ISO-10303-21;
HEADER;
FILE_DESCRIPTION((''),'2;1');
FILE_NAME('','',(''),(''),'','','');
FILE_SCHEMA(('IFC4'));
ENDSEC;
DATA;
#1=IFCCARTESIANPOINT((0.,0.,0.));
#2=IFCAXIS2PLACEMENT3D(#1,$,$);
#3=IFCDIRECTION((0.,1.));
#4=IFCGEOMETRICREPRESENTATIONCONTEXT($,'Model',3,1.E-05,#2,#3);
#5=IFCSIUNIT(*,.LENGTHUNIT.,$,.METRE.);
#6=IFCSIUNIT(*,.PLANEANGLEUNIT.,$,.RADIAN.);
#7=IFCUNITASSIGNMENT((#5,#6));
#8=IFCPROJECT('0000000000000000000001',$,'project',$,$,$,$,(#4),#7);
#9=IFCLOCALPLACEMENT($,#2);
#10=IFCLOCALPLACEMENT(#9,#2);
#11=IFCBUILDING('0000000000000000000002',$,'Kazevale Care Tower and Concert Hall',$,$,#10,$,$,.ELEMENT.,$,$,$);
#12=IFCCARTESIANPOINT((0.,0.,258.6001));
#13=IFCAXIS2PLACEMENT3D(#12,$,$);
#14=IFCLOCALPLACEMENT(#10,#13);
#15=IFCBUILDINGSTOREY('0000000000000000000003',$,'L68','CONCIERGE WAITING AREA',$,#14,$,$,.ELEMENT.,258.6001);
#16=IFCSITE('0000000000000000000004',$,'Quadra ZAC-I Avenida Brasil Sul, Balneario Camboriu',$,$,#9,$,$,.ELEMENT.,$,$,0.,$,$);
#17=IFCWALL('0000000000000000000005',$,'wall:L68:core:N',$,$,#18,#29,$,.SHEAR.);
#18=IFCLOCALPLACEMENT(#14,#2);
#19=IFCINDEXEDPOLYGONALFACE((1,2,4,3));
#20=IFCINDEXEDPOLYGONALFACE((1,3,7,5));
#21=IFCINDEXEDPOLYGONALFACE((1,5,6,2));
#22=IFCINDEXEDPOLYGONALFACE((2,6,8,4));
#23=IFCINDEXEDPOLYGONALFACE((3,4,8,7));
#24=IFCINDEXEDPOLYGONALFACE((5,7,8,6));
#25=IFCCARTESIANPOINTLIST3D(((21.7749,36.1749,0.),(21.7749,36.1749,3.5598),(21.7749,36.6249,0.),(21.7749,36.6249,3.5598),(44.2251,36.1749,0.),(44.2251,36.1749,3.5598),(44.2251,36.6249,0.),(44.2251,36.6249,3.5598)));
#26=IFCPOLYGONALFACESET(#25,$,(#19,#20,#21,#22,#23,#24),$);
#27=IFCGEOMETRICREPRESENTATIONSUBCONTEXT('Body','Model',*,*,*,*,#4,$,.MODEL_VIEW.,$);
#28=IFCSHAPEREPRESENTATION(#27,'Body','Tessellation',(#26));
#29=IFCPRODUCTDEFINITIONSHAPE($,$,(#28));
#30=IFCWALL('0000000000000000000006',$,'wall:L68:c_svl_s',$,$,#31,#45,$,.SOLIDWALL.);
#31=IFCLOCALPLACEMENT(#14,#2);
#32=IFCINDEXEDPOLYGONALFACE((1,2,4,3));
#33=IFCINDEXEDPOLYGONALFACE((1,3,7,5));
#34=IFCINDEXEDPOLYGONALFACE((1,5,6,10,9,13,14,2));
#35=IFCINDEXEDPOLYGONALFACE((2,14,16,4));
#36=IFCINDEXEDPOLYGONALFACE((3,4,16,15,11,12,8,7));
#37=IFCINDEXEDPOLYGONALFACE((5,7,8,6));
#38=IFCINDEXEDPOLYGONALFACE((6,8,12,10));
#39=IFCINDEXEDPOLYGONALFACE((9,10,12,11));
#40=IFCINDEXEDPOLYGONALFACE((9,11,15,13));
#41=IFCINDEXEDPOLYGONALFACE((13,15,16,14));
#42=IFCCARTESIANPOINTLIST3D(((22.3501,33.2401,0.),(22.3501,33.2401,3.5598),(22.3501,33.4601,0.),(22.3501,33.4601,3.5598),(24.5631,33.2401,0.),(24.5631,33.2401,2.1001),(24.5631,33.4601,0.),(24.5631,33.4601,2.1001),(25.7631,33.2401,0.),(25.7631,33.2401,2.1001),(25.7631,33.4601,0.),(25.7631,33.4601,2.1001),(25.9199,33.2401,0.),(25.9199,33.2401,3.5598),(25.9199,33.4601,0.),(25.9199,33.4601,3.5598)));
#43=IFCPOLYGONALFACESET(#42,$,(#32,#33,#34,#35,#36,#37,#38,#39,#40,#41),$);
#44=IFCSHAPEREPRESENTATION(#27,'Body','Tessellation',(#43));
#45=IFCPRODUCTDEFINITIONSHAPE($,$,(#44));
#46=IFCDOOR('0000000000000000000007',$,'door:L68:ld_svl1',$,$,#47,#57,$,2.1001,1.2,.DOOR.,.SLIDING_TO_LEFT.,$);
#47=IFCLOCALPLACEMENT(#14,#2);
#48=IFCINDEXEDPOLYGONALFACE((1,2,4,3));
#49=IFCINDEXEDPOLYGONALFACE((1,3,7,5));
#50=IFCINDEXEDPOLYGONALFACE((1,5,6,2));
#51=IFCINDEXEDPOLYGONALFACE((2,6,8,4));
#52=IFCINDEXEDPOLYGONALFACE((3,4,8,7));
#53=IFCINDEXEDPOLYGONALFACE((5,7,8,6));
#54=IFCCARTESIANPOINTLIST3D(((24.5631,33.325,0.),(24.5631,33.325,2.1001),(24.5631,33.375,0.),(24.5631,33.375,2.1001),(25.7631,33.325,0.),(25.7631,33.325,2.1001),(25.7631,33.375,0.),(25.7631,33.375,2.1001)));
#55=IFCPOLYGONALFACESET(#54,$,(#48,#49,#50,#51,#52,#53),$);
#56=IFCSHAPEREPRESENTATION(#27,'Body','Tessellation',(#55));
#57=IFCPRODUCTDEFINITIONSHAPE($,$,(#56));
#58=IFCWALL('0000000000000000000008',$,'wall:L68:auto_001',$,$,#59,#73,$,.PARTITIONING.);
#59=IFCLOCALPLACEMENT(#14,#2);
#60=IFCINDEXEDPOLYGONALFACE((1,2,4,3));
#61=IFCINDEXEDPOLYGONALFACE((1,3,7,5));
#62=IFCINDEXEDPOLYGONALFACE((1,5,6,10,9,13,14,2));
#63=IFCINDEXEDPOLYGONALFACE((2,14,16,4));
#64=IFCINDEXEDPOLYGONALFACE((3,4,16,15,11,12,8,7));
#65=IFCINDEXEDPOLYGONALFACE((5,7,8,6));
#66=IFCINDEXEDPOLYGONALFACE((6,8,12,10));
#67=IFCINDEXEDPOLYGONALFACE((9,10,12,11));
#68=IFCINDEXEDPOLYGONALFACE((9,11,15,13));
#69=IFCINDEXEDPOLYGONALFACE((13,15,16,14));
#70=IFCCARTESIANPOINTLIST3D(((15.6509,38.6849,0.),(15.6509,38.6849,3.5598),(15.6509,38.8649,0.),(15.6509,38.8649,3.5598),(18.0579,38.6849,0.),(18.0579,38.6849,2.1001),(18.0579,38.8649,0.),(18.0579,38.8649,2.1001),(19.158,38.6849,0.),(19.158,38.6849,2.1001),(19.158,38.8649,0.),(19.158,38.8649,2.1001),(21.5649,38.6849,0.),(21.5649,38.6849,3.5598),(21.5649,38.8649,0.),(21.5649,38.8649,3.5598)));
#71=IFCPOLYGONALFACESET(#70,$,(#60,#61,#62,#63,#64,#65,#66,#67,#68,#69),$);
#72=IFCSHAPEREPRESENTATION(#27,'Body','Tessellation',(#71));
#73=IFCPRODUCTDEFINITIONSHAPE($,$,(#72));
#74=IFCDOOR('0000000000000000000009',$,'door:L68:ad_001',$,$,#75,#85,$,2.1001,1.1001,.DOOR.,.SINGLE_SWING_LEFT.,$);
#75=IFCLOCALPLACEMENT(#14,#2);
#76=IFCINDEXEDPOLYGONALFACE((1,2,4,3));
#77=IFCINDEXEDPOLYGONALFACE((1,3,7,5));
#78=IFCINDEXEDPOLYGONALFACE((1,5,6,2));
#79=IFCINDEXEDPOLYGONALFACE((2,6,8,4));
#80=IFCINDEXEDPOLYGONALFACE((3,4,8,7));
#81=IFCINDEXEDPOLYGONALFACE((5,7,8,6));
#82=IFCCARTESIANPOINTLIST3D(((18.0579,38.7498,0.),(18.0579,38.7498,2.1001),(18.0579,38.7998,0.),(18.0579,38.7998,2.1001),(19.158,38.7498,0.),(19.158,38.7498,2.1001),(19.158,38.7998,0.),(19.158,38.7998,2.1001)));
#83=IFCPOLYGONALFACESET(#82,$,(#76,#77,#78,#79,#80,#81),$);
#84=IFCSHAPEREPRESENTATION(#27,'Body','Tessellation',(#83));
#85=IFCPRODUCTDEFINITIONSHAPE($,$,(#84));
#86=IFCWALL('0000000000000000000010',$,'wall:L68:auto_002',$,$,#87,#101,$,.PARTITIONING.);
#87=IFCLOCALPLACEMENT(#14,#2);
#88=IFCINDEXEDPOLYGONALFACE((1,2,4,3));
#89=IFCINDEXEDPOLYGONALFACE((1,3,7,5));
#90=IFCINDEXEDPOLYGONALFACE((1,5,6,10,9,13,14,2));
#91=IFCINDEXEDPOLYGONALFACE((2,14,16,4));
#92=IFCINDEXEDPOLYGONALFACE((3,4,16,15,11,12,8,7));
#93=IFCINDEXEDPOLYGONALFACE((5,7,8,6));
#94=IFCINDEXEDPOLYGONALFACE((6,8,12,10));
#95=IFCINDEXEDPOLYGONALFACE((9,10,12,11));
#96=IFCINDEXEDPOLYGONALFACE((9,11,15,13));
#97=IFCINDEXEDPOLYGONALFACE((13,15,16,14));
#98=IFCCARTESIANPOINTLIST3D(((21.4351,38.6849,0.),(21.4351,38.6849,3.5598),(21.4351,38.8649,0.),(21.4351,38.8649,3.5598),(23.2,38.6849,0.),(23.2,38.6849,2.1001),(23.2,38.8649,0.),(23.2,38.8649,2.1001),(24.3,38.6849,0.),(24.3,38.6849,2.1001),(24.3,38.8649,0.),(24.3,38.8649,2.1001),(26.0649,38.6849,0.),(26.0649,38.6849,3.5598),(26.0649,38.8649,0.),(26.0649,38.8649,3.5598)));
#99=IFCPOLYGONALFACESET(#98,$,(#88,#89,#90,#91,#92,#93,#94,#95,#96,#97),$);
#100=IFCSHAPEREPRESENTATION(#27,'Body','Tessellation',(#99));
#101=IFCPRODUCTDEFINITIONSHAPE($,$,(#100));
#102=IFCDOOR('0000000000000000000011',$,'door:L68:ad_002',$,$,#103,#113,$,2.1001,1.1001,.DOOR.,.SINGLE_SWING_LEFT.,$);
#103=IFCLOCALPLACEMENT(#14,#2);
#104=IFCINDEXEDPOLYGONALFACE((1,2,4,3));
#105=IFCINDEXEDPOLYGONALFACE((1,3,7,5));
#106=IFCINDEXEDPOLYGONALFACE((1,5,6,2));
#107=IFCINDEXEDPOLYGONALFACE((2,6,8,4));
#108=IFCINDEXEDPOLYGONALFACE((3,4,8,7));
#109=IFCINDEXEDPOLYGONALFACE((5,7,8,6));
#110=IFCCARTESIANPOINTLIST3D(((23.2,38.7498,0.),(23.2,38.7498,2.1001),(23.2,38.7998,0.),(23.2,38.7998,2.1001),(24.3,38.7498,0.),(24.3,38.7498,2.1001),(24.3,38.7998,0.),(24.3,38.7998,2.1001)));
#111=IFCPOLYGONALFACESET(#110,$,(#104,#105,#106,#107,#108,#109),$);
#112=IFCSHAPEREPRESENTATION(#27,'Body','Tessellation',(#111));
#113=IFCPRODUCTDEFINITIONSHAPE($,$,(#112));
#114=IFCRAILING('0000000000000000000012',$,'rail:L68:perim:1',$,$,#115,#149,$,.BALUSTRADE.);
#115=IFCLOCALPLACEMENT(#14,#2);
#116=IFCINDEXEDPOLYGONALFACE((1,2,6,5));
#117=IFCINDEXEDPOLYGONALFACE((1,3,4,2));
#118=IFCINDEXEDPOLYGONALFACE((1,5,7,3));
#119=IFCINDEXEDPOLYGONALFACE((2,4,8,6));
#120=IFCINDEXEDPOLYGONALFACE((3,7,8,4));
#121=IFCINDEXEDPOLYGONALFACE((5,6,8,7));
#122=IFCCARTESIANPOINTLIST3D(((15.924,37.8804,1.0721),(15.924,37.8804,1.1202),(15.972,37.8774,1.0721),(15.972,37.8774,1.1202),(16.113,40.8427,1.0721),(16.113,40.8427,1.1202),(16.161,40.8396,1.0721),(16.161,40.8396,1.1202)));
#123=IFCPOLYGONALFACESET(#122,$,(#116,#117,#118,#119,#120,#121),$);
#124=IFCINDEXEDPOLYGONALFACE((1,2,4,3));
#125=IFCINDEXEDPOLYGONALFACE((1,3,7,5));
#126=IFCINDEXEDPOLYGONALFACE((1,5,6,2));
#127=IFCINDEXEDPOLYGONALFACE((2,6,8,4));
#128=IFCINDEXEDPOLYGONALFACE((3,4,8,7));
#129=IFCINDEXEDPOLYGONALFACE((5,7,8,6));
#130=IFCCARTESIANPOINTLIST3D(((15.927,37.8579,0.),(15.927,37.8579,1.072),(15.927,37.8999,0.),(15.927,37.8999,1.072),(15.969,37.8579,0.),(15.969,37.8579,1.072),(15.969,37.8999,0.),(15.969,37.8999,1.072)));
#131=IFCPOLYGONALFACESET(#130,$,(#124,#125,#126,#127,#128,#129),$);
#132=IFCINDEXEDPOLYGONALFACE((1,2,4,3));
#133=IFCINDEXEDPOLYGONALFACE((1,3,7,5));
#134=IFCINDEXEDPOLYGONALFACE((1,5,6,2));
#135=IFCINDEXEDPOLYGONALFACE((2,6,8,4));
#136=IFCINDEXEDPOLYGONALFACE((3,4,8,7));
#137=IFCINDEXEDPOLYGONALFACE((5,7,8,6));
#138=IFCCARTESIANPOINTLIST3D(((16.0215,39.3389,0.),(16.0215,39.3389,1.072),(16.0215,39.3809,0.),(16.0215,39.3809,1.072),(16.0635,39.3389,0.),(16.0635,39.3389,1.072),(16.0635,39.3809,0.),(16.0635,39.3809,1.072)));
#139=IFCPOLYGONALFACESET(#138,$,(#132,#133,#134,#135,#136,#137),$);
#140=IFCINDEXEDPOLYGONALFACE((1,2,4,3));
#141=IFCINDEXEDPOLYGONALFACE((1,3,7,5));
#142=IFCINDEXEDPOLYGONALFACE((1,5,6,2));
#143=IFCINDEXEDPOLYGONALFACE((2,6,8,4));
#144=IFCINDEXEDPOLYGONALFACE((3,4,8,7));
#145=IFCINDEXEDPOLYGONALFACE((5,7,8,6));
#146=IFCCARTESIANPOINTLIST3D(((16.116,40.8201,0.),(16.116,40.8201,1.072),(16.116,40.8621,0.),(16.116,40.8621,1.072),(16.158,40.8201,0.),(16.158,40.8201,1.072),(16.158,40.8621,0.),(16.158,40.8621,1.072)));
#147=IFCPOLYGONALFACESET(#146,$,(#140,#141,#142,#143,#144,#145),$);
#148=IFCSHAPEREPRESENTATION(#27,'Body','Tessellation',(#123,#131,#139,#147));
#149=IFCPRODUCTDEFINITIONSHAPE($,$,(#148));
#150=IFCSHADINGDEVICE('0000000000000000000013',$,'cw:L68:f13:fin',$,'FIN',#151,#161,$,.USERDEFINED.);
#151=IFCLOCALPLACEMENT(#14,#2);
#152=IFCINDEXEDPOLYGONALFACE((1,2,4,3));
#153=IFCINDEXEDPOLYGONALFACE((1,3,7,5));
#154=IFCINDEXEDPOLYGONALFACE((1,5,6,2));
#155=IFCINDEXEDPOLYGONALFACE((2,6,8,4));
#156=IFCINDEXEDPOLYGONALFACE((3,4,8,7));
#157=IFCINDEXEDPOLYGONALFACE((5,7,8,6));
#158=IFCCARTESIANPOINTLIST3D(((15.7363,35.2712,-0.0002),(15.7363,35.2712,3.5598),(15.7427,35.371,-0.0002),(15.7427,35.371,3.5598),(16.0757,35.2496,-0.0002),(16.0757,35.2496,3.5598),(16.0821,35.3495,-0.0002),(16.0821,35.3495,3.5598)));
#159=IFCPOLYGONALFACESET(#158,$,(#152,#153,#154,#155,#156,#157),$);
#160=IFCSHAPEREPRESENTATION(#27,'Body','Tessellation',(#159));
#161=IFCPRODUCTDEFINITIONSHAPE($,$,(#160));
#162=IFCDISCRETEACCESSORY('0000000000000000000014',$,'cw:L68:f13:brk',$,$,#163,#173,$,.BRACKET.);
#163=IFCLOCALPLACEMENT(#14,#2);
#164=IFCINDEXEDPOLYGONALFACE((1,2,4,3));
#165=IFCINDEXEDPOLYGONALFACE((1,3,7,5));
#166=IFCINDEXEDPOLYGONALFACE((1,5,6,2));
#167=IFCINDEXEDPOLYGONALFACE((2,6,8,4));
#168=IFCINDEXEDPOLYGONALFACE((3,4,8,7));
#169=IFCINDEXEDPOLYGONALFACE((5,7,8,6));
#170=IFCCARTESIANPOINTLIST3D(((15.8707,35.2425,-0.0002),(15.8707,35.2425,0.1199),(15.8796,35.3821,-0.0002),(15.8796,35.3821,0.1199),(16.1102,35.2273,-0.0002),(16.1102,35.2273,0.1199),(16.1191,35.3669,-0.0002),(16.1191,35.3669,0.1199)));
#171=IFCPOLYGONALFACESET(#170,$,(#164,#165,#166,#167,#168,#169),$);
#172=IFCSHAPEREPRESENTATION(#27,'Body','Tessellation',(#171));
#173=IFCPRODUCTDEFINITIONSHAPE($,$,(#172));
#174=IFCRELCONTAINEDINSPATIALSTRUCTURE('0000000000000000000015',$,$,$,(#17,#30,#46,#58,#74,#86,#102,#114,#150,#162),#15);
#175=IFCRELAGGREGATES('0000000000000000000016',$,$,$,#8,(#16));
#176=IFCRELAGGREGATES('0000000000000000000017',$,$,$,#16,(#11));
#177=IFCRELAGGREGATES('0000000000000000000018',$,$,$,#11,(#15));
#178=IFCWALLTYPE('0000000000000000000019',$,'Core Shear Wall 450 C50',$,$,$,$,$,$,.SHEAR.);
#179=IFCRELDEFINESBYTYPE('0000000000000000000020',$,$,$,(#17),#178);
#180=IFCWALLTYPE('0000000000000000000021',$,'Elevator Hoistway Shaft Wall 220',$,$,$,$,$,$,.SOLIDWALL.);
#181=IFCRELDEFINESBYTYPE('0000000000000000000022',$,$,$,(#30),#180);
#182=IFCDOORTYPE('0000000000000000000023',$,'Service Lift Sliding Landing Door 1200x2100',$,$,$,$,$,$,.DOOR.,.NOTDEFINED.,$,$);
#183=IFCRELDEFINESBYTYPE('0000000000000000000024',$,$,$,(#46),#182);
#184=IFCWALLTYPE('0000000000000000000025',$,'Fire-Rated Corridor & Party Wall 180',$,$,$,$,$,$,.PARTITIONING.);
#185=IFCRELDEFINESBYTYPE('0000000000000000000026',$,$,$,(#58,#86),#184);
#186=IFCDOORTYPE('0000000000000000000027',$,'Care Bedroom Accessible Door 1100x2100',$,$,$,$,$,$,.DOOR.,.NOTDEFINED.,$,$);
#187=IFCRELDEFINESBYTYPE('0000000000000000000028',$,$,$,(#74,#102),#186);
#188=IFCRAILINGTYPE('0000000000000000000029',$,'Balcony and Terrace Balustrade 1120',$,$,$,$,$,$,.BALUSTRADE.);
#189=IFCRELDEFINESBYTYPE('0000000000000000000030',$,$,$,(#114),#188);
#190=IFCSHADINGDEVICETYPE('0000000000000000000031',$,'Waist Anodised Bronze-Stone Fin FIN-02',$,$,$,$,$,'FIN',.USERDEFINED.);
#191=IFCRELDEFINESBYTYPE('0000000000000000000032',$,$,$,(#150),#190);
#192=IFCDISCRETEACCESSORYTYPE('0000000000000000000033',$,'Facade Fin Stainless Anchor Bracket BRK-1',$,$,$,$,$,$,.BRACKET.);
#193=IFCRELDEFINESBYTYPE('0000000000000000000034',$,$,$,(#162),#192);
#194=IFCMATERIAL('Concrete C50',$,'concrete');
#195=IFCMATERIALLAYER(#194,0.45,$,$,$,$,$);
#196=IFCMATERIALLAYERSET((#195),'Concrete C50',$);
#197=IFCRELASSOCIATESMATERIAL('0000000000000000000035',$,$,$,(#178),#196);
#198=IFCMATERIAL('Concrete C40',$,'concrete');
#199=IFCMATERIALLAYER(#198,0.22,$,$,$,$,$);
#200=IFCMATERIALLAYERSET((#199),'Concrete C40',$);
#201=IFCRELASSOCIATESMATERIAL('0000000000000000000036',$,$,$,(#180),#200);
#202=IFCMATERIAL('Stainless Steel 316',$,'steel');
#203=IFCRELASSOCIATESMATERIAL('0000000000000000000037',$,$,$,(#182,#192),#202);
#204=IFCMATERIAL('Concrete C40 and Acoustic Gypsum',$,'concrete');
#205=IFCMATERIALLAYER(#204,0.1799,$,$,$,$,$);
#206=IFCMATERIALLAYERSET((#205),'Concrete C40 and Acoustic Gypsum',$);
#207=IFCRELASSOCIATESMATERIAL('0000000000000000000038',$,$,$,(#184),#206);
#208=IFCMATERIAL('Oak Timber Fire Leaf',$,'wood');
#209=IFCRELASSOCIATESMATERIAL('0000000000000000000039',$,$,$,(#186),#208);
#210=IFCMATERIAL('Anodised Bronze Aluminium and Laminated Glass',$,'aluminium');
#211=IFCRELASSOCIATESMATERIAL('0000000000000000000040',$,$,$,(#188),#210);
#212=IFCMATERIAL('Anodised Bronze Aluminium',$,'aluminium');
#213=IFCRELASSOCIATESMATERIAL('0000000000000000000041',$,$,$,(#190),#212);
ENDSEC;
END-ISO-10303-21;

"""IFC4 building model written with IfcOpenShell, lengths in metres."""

from ifc_helpers import new_model, si_unit, direction, frame, frame_2d, origin, origin_2d, place, context, subcontext, project, spatial, rectangle, extrude, material, layer, layer_set, type_object, element, fill, save


model = new_model("IFC4")

# Units and contexts
model_context = context("Model", 3, precision=1e-05, world=origin(), true_north=direction((0.0, 1.0)))
body_context = subcontext(model_context, "Body", "Model", "MODEL_VIEW")
ifc_project = project(units=[si_unit("LENGTHUNIT", "METRE"), si_unit("PLANEANGLEUNIT", "RADIAN")], contexts=[model_context])

# Site, building, storey
site_placement = place(None, origin())
site = spatial("IfcSite", under=ifc_project, at=site_placement, Name="Quadra ZAC-I Avenida Brasil Sul, Balneario Camboriu", CompositionType="ELEMENT", RefElevation=0.0)
building_placement = place(site_placement, origin())
building = spatial("IfcBuilding", under=site, at=building_placement, Name="Kazevale Care Tower and Concert Hall", CompositionType="ELEMENT")
storey_placement = place(building_placement, frame((0.0, 0.0, 258.6001)))
storey = spatial("IfcBuildingStorey", under=building, at=storey_placement, Name="L68", Description="CONCIERGE WAITING AREA", CompositionType="ELEMENT", Elevation=258.6001)

# Shared definitions
ifc_material_1 = material(Name="Concrete C50", Category="concrete")

# Wall
ifc_layer_1 = layer(ifc_material_1, 0.45)
ifc_layer_set_1 = layer_set([ifc_layer_1], Name="Concrete C50")
wall_type_1 = type_object("IfcWallType", Name="Core Shear Wall 450 C50", PredefinedType="SHEAR", material=ifc_layer_set_1)
wall_1_placement = place(storey_placement, frame((21.7749, 36.3999, 0.0), z_axis=(0.0, 0.0, 1.0), x_axis=(1.0, 0.0, 0.0)))
element("IfcWall", 1, at=wall_1_placement, inside=storey, type_object=wall_type_1, Name="wall:L68:core:N", PredefinedType="SHEAR", context=body_context, shape_type="SweptSolid", body=[
    extrude(rectangle(XDim=22.4502, YDim=0.45, at=frame_2d((11.2251, 0.0))), origin(), (0.0, 0.0, 1.0), 3.5598),
])

# Walls, openings, doors
ifc_material_2 = material(Name="Concrete C40", Category="concrete")
ifc_layer_2 = layer(ifc_material_2, 0.22)
ifc_layer_set_2 = layer_set([ifc_layer_2], Name="Concrete C40")
wall_type_2 = type_object("IfcWallType", Name="Elevator Hoistway Shaft Wall 220", PredefinedType="SOLIDWALL", material=ifc_layer_set_2)
wall_2_placement = place(storey_placement, frame((22.3501, 33.3501, 0.0), z_axis=(0.0, 0.0, 1.0), x_axis=(1.0, 0.0, 0.0)))
wall_2 = element("IfcWall", 2, at=wall_2_placement, inside=storey, type_object=wall_type_2, Name="wall:L68:c_svl_s", PredefinedType="SOLIDWALL", context=body_context, shape_type="SweptSolid", body=[
    extrude(rectangle(XDim=3.5698, YDim=0.22, at=frame_2d((1.7849, 0.0))), origin(), (0.0, 0.0, 1.0), 3.5598),
])
opening_1_placement = place(wall_2_placement, frame((2.2129, 0.0, 0.0)))
opening_1 = element("IfcOpeningElement", 3, at=opening_1_placement, cuts=wall_2, PredefinedType="OPENING", context=body_context, shape_type="SweptSolid", body=[
    extrude(rectangle(XDim=1.2, YDim=2.1001, at=frame_2d((0.6001, 1.05))), frame((0.0, 0.1199, 0.0), z_axis=(0.0, -1.0, 0.0), x_axis=(1.0, 0.0, 0.0)), (0.0, 0.0, 1.0), 0.24),
])
ifc_material_3 = material(Name="Stainless Steel 316", Category="steel")
door_type_1 = type_object("IfcDoorType", Name="Service Lift Sliding Landing Door 1200x2100", OperationType="NOTDEFINED", PredefinedType="DOOR", material=ifc_material_3)
door_1_placement = place(opening_1_placement, origin())
door_1 = element("IfcDoor", 4, at=door_1_placement, inside=storey, type_object=door_type_1, Name="door:L68:ld_svl1", OperationType="SLIDING_TO_LEFT", OverallHeight=2.1001, OverallWidth=1.2, PredefinedType="DOOR", context=body_context, shape_type="SweptSolid", body=[
    extrude(rectangle(XDim=1.2, YDim=2.1001, at=frame_2d((0.6001, 1.05))), frame((0.0, 0.0249, 0.0), z_axis=(0.0, -1.0, 0.0), x_axis=(1.0, 0.0, 0.0)), (0.0, 0.0, 1.0), 0.05),
])
fill(opening_1, door_1)
ifc_material_4 = material(Name="Concrete C40 and Acoustic Gypsum", Category="concrete")
ifc_layer_3 = layer(ifc_material_4, 0.1799)
ifc_layer_set_3 = layer_set([ifc_layer_3], Name="Concrete C40 and Acoustic Gypsum")
wall_type_3 = type_object("IfcWallType", Name="Fire-Rated Corridor & Party Wall 180", PredefinedType="PARTITIONING", material=ifc_layer_set_3)
wall_3_placement = place(storey_placement, frame((15.6509, 38.7749, 0.0), z_axis=(0.0, 0.0, 1.0), x_axis=(1.0, 0.0, 0.0)))
wall_3 = element("IfcWall", 5, at=wall_3_placement, inside=storey, type_object=wall_type_3, Name="wall:L68:auto_001", PredefinedType="PARTITIONING", context=body_context, shape_type="SweptSolid", body=[
    extrude(rectangle(XDim=5.9141, YDim=0.1799, at=frame_2d((2.957, 0.0))), origin(), (0.0, 0.0, 1.0), 3.5598),
])
opening_2_placement = place(wall_3_placement, frame((2.407, 0.0, 0.0)))
opening_2 = element("IfcOpeningElement", 6, at=opening_2_placement, cuts=wall_3, PredefinedType="OPENING", context=body_context, shape_type="SweptSolid", body=[
    extrude(rectangle(XDim=1.1001, YDim=2.1001, at=frame_2d((0.55, 1.05))), frame((0.0, 0.0999, 0.0), z_axis=(0.0, -1.0, 0.0), x_axis=(1.0, 0.0, 0.0)), (0.0, 0.0, 1.0), 0.2),
])
ifc_material_5 = material(Name="Oak Timber Fire Leaf", Category="wood")
door_type_2 = type_object("IfcDoorType", Name="Care Bedroom Accessible Door 1100x2100", OperationType="NOTDEFINED", PredefinedType="DOOR", material=ifc_material_5)
door_2_placement = place(opening_2_placement, origin())
door_2 = element("IfcDoor", 7, at=door_2_placement, inside=storey, type_object=door_type_2, Name="door:L68:ad_001", OperationType="SINGLE_SWING_LEFT", OverallHeight=2.1001, OverallWidth=1.1001, PredefinedType="DOOR", context=body_context, shape_type="SweptSolid", body=[
    extrude(rectangle(XDim=1.1001, YDim=2.1001, at=frame_2d((0.55, 1.05))), frame((0.0, 0.0249, 0.0), z_axis=(0.0, -1.0, 0.0), x_axis=(1.0, 0.0, 0.0)), (0.0, 0.0, 1.0), 0.05),
])
fill(opening_2, door_2)
wall_4_placement = place(storey_placement, frame((21.4351, 38.7749, 0.0), z_axis=(0.0, 0.0, 1.0), x_axis=(1.0, 0.0, 0.0)))
wall_4 = element("IfcWall", 8, at=wall_4_placement, inside=storey, type_object=wall_type_3, Name="wall:L68:auto_002", PredefinedType="PARTITIONING", context=body_context, shape_type="SweptSolid", body=[
    extrude(rectangle(XDim=4.6299, YDim=0.1799, at=frame_2d((2.3149, 0.0))), origin(), (0.0, 0.0, 1.0), 3.5598),
])
opening_3_placement = place(wall_4_placement, frame((1.7649, 0.0, 0.0)))
opening_3 = element("IfcOpeningElement", 9, at=opening_3_placement, cuts=wall_4, PredefinedType="OPENING", context=body_context, shape_type="SweptSolid", body=[
    extrude(rectangle(XDim=1.1001, YDim=2.1001, at=frame_2d((0.55, 1.05))), frame((0.0, 0.0999, 0.0), z_axis=(0.0, -1.0, 0.0), x_axis=(1.0, 0.0, 0.0)), (0.0, 0.0, 1.0), 0.2),
])
door_3_placement = place(opening_3_placement, origin())
door_3 = element("IfcDoor", 10, at=door_3_placement, inside=storey, type_object=door_type_2, Name="door:L68:ad_002", OperationType="SINGLE_SWING_LEFT", OverallHeight=2.1001, OverallWidth=1.1001, PredefinedType="DOOR", context=body_context, shape_type="SweptSolid", body=[
    extrude(rectangle(XDim=1.1001, YDim=2.1001, at=frame_2d((0.55, 1.05))), frame((0.0, 0.0249, 0.0), z_axis=(0.0, -1.0, 0.0), x_axis=(1.0, 0.0, 0.0)), (0.0, 0.0, 1.0), 0.05),
])
fill(opening_3, door_3)

# Railing
ifc_material_6 = material(Name="Anodised Bronze Aluminium and Laminated Glass", Category="aluminium")
railing_type = type_object("IfcRailingType", Name="Balcony and Terrace Balustrade 1120", PredefinedType="BALUSTRADE", material=ifc_material_6)
railing_placement = place(storey_placement, frame((15.948, 37.8789, 0.0)))
element("IfcRailing", 11, at=railing_placement, inside=storey, type_object=railing_type, Name="rail:L68:perim:1", PredefinedType="BALUSTRADE", context=body_context, shape_type="SweptSolid", body=[
    extrude(rectangle(XDim=0.0481, YDim=0.0481, at=origin_2d()), frame((0.0, 0.0, 1.0962), z_axis=(0.063664, 0.997971, 0.0), x_axis=(-0.997971, 0.063664, 0.0)), (0.0, 0.0, 1.0), 2.9683),
    extrude(rectangle(XDim=0.042, YDim=0.042, at=origin_2d()), origin(), (0.0, 0.0, 1.0), 1.072),
    extrude(rectangle(XDim=0.042, YDim=0.042, at=origin_2d()), frame((0.0945, 1.481, 0.0)), (0.0, 0.0, 1.0), 1.072),
    extrude(rectangle(XDim=0.042, YDim=0.042, at=origin_2d()), frame((0.189, 2.9622, 0.0)), (0.0, 0.0, 1.0), 1.072),
])

# Shading device
ifc_material_7 = material(Name="Anodised Bronze Aluminium", Category="aluminium")
shading_device_type = type_object("IfcShadingDeviceType", Name="Waist Anodised Bronze-Stone Fin FIN-02", ElementType="FIN", PredefinedType="USERDEFINED", material=ifc_material_7)
shading_device_placement = place(storey_placement, frame((15.9092, 35.3103, -0.0002), z_axis=(0.0, 0.0, 1.0), x_axis=(-0.997983, 0.063487, 0.0)))
element("IfcShadingDevice", 12, at=shading_device_placement, inside=storey, type_object=shading_device_type, Name="cw:L68:f13:fin", ObjectType="FIN", PredefinedType="USERDEFINED", context=body_context, shape_type="SweptSolid", body=[
    extrude(rectangle(XDim=0.3401, YDim=0.1001, at=origin_2d()), origin(), (0.0, 0.0, 1.0), 3.5601),
])

# Discrete accessory
discrete_accessory_type = type_object("IfcDiscreteAccessoryType", Name="Facade Fin Stainless Anchor Bracket BRK-1", PredefinedType="BRACKET", material=ifc_material_3)
discrete_accessory_placement = place(storey_placement, frame((15.9949, 35.3047, -0.0002), z_axis=(0.0, 0.0, 1.0), x_axis=(-0.997983, 0.063487, 0.0)))
element("IfcDiscreteAccessory", 13, at=discrete_accessory_placement, inside=storey, type_object=discrete_accessory_type, Name="cw:L68:f13:brk", PredefinedType="BRACKET", context=body_context, shape_type="SweptSolid", body=[
    extrude(rectangle(XDim=0.24, YDim=0.1399, at=origin_2d()), origin(), (0.0, 0.0, 1.0), 0.1201),
])

save(model, "model.ifc")
